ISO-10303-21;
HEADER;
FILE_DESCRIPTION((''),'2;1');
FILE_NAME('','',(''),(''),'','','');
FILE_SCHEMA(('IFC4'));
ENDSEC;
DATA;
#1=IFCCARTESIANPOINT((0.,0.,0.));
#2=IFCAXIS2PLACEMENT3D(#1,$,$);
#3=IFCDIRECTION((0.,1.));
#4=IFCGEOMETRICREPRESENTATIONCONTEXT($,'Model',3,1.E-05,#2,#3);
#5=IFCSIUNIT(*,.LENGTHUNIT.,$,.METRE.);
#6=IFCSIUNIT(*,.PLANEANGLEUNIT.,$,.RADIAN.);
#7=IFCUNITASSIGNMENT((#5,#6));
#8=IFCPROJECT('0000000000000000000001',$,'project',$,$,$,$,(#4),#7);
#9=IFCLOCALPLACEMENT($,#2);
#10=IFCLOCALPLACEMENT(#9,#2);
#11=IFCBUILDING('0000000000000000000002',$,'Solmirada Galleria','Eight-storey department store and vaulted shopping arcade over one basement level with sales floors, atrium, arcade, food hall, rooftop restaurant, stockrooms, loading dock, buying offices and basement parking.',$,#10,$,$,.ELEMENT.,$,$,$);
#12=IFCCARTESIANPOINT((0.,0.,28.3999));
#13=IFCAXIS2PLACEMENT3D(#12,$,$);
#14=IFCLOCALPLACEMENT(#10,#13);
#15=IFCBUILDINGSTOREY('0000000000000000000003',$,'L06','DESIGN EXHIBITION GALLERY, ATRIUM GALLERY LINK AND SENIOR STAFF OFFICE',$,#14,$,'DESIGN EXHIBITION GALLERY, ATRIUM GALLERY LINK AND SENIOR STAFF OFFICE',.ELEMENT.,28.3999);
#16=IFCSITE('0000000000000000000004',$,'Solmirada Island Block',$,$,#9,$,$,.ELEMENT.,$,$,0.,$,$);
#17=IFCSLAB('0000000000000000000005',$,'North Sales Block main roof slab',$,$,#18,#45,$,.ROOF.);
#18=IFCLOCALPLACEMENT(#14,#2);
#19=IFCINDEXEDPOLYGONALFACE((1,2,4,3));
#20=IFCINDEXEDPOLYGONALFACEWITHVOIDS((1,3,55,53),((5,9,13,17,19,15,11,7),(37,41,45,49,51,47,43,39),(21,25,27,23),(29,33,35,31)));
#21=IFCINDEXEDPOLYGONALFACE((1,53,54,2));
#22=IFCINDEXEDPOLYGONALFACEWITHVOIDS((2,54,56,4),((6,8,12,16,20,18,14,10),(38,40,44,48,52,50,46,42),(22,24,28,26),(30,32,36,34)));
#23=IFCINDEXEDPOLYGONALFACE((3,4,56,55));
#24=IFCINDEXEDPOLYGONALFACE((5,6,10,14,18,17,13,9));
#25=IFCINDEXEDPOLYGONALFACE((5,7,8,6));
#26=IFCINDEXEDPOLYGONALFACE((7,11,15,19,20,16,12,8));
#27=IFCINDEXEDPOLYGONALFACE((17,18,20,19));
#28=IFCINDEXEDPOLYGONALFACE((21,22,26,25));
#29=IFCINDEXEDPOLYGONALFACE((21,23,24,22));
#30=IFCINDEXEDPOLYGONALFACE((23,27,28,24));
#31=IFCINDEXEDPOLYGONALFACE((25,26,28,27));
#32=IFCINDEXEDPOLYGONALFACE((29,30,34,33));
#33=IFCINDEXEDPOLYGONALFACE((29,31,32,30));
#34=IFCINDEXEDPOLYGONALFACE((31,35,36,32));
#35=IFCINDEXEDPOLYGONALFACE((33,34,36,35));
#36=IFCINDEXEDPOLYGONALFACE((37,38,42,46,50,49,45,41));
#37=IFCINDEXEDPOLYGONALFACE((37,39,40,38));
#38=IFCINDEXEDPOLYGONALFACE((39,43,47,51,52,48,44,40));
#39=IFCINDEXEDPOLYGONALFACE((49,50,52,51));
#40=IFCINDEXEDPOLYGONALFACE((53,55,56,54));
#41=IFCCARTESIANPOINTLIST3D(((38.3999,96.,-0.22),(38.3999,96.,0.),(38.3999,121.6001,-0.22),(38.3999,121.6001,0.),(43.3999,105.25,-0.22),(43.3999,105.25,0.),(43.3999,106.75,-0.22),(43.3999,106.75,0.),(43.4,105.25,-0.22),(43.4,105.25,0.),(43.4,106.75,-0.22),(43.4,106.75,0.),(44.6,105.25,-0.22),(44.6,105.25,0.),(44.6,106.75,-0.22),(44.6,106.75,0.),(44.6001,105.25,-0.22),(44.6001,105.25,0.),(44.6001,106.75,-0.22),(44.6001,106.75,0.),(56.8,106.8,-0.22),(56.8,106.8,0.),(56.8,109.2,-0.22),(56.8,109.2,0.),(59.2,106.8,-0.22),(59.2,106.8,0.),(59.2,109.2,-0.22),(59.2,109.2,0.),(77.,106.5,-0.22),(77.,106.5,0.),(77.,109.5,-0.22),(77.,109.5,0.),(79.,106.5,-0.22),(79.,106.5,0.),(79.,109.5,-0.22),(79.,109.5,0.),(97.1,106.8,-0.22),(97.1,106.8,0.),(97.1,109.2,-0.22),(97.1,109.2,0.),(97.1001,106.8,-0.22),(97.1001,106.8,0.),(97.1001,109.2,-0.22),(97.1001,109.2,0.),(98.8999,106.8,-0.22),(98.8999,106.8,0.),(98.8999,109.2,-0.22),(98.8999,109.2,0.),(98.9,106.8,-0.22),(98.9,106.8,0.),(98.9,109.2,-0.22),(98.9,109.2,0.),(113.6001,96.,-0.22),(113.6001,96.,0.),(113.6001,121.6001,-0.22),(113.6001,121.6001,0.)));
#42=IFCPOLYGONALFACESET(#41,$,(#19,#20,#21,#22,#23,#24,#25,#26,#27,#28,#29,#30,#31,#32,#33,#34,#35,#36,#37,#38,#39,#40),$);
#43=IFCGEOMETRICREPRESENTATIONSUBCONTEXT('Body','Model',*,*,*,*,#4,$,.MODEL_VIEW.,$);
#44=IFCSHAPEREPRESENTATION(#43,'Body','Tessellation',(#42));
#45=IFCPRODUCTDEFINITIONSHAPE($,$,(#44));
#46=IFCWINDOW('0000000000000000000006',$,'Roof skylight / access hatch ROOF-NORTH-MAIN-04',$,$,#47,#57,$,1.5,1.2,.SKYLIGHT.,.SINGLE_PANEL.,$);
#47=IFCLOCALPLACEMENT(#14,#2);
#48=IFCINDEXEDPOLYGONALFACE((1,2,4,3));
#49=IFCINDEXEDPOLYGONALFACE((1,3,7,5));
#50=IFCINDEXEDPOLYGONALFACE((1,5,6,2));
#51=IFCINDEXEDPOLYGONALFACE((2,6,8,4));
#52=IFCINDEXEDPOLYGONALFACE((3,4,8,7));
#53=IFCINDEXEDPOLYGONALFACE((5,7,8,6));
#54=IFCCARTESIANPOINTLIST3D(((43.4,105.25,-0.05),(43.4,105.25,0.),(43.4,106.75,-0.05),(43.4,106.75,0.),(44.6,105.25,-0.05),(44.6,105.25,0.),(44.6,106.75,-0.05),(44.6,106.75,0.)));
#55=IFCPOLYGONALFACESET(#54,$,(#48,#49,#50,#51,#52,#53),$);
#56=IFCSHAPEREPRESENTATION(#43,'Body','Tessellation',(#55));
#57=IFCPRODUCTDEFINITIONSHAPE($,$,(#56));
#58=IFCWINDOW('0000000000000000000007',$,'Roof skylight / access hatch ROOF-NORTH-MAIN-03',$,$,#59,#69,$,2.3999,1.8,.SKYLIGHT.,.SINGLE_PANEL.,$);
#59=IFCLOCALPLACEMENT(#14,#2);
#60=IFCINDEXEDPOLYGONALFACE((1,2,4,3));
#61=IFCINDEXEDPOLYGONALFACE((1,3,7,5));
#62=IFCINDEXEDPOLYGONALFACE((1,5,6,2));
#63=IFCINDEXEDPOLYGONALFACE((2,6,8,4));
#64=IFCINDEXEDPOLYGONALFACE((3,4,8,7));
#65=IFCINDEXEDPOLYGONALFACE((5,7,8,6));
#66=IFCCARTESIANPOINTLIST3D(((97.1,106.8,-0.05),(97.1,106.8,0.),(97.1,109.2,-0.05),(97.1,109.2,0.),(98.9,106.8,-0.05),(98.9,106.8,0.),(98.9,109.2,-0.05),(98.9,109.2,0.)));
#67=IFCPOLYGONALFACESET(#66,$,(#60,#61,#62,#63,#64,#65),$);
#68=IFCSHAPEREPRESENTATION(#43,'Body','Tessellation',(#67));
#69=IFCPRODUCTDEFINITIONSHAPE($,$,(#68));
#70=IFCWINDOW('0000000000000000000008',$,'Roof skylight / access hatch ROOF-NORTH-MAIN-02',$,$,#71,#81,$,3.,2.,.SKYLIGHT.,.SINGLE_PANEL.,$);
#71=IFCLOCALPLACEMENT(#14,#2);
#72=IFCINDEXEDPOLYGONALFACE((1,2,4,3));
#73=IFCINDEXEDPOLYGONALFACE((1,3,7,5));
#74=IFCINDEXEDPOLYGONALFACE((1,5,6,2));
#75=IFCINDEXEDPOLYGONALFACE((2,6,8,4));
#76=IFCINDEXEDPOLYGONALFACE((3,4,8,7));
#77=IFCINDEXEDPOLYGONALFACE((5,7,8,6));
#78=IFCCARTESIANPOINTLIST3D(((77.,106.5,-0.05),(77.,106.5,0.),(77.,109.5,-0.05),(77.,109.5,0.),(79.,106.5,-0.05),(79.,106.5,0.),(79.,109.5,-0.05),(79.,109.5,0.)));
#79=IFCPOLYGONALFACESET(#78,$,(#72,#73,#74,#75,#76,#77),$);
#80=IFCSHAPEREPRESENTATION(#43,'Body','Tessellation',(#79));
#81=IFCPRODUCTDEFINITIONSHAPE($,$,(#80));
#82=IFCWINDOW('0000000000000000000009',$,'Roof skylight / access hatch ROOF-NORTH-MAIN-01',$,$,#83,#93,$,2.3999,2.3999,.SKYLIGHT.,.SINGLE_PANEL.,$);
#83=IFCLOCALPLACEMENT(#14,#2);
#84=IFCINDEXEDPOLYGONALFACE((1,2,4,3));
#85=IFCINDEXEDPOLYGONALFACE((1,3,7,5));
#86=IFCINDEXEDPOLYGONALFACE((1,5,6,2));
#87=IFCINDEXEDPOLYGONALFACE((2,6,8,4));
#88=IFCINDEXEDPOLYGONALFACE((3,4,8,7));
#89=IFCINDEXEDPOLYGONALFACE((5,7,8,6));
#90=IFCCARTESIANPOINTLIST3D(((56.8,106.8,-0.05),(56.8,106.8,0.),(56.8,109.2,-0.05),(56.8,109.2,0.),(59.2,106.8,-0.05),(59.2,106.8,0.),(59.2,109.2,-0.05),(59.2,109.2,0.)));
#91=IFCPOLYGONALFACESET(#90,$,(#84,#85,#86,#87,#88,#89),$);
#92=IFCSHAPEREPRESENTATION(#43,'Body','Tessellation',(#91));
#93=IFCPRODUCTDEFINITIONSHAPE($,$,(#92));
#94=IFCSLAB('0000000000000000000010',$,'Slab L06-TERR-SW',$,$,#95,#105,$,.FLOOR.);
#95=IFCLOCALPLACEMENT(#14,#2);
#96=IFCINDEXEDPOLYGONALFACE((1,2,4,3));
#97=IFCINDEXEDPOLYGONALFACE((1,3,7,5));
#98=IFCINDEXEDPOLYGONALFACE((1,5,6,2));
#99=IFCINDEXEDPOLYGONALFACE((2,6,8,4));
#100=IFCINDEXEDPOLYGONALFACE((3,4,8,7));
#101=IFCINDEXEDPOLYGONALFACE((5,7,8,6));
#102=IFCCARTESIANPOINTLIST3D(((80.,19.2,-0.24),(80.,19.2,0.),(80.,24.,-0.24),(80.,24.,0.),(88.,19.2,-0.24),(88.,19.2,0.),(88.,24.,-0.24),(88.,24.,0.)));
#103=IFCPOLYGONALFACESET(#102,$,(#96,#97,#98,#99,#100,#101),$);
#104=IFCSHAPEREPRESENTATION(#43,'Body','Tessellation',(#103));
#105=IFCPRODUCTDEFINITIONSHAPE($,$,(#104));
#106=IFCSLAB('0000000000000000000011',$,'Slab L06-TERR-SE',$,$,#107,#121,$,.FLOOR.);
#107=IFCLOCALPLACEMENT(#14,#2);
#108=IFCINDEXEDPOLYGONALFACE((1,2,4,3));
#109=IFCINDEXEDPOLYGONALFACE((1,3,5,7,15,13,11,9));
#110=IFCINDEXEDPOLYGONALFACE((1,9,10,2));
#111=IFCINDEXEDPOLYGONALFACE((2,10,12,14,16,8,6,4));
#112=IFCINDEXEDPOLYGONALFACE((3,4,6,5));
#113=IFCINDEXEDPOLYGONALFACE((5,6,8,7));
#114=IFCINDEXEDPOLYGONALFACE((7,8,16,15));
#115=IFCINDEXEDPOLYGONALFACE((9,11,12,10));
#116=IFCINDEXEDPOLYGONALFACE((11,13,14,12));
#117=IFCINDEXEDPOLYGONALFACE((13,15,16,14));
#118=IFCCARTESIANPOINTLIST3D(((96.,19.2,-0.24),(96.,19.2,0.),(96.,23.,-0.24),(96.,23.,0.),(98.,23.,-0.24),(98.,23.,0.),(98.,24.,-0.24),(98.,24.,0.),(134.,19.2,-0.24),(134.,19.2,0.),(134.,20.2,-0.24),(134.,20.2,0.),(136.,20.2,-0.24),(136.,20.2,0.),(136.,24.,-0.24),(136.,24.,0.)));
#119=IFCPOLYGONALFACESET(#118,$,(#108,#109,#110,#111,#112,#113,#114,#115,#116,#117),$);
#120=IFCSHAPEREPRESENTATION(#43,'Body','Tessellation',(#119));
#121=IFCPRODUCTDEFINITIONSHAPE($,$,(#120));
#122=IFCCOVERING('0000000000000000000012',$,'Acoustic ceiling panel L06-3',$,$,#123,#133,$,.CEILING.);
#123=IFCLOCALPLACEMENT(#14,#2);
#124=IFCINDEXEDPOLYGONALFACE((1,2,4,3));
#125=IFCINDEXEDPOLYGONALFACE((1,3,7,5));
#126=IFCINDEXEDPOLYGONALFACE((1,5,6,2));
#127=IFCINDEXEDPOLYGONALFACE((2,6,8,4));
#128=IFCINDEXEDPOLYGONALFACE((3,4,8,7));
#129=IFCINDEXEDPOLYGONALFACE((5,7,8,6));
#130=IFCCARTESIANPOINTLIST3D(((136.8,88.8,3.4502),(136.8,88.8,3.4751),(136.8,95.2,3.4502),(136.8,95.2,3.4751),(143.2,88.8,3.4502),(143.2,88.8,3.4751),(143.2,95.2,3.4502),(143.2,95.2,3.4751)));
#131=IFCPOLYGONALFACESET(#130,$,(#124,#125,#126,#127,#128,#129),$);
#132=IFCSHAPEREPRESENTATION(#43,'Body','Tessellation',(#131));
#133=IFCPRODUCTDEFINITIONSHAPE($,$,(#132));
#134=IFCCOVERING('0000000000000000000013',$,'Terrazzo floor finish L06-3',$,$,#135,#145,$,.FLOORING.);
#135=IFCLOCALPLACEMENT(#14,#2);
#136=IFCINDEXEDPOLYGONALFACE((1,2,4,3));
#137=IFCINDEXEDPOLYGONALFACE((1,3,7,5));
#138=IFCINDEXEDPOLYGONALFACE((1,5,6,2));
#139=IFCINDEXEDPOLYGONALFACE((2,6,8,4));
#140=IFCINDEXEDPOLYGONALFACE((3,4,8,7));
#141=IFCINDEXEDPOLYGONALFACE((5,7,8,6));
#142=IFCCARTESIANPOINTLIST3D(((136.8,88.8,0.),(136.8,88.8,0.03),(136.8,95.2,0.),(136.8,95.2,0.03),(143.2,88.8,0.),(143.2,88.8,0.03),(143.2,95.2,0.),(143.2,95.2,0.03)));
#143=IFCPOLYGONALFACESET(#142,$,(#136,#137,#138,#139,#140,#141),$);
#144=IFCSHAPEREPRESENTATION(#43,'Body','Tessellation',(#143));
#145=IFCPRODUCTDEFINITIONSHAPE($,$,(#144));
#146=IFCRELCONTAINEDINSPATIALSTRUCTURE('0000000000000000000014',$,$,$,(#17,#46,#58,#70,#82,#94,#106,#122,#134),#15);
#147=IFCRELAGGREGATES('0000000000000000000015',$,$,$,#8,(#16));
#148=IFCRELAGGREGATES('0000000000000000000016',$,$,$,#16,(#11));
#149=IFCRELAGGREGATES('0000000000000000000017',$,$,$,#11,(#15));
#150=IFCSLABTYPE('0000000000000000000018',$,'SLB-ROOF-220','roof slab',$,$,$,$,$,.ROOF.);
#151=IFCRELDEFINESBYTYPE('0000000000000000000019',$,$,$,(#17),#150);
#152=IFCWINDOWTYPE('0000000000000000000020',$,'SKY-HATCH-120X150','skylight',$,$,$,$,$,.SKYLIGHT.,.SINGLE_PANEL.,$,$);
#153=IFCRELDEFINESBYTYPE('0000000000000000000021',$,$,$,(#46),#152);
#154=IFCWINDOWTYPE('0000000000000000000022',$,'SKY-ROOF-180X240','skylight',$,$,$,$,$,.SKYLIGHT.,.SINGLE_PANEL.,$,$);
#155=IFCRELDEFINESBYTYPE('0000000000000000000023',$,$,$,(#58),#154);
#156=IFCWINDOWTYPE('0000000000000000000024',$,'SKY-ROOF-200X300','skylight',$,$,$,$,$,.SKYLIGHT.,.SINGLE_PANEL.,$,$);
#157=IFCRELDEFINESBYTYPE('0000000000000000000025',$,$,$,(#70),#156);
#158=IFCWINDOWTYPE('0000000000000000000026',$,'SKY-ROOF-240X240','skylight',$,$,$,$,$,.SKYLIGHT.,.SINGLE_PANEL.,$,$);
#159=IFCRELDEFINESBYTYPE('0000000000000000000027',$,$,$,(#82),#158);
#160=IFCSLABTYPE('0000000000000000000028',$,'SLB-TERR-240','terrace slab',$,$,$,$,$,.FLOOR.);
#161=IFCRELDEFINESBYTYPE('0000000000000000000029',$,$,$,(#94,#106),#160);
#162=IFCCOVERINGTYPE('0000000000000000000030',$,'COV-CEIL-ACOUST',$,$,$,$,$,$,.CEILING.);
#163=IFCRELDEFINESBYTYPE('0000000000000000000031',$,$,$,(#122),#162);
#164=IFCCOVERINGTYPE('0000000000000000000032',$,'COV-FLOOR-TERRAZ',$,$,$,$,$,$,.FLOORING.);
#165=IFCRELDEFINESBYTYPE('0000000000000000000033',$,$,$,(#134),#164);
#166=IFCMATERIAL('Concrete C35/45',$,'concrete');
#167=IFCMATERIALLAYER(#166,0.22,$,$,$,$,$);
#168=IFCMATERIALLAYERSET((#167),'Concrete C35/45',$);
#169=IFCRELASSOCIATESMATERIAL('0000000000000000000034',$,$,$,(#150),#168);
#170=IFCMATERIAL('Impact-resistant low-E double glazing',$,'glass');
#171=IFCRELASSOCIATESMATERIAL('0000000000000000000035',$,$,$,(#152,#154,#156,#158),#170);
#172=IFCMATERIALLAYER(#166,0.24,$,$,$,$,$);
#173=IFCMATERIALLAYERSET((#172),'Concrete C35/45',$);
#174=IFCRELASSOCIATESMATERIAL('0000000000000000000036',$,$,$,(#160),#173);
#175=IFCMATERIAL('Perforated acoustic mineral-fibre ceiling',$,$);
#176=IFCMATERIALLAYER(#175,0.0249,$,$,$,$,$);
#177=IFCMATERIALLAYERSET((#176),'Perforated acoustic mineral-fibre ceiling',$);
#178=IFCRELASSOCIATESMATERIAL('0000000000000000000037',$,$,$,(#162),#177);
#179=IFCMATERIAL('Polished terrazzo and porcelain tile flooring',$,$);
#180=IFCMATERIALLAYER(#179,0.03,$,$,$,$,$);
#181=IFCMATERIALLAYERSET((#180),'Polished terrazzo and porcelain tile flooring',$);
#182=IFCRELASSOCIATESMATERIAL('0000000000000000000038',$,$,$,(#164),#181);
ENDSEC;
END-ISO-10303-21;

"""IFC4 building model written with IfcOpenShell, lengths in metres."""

from ifc_helpers import new_model, si_unit, direction, frame, origin, origin_2d, place, context, subcontext, project, spatial, polyline, rectangle, outline, extrude, material, layer, layer_set, type_object, element, fill, save


model = new_model("IFC4")

# Units and contexts
model_context = context("Model", 3, precision=1e-05, world=origin(), true_north=direction((0.0, 1.0)))
body_context = subcontext(model_context, "Body", "Model", "MODEL_VIEW")
ifc_project = project(units=[si_unit("LENGTHUNIT", "METRE"), si_unit("PLANEANGLEUNIT", "RADIAN")], contexts=[model_context])

# Site, building, storey
site_placement = place(None, origin())
site = spatial("IfcSite", under=ifc_project, at=site_placement, Name="Solmirada Island Block", CompositionType="ELEMENT", RefElevation=0.0)
building_placement = place(site_placement, origin())
building = spatial("IfcBuilding", under=site, at=building_placement, Name="Solmirada Galleria", Description="Eight-storey department store and vaulted shopping arcade over one basement level with sales floors, atrium, arcade, food hall, rooftop restaurant, stockrooms, loading dock, buying offices and basement parking.", CompositionType="ELEMENT")
storey_placement = place(building_placement, frame((0.0, 0.0, 28.3999)))
storey = spatial("IfcBuildingStorey", under=building, at=storey_placement, Name="L06", Description="DESIGN EXHIBITION GALLERY, ATRIUM GALLERY LINK AND SENIOR STAFF OFFICE", LongName="DESIGN EXHIBITION GALLERY, ATRIUM GALLERY LINK AND SENIOR STAFF OFFICE", CompositionType="ELEMENT", Elevation=28.3999)

# Shared definitions
ifc_material_1 = material(Name="Concrete C35/45", Category="concrete")

# Slab, openings, windows
ifc_layer_1 = layer(ifc_material_1, 0.22)
ifc_layer_set_1 = layer_set([ifc_layer_1], Name="Concrete C35/45")
slab_type_1 = type_object("IfcSlabType", Name="SLB-ROOF-220", Description="roof slab", PredefinedType="ROOF", material=ifc_layer_set_1)
slab_1_placement = place(storey_placement, frame((0.0, 0.0, -0.22)))
slab_1 = element("IfcSlab", 1, at=slab_1_placement, inside=storey, type_object=slab_type_1, Name="North Sales Block main roof slab", PredefinedType="ROOF", context=body_context, shape_type="SweptSolid", body=[
    extrude(outline(polyline([(38.3999, 96.0), (113.6001, 96.0), (113.6001, 121.6001), (38.3999, 121.6001), (38.3999, 96.0)]), holes=[polyline([(56.8, 106.8), (59.2, 106.8), (59.2, 109.2), (56.8, 109.2), (56.8, 106.8)]), polyline([(77.0, 106.5), (79.0, 106.5), (79.0, 109.5), (77.0, 109.5), (77.0, 106.5)]), polyline([(97.1001, 106.8), (98.8999, 106.8), (98.8999, 109.2), (97.1001, 109.2), (97.1001, 106.8)]), polyline([(43.3999, 105.25), (44.6001, 105.25), (44.6001, 106.75), (43.3999, 106.75), (43.3999, 105.25)])]), origin(), (0.0, 0.0, 1.0), 0.22),
])
opening_1_placement = place(slab_1_placement, frame((58.0, 108.0, -0.01)))
opening_1 = element("IfcOpeningElement", 2, at=opening_1_placement, cuts=slab_1, PredefinedType="OPENING", context=body_context, shape_type="SweptSolid", body=[
    extrude(rectangle(XDim=2.3999, YDim=2.3999, at=origin_2d()), origin(), (0.0, 0.0, 1.0), 0.24),
])
opening_2_placement = place(slab_1_placement, frame((78.0, 108.0, -0.01)))
opening_2 = element("IfcOpeningElement", 3, at=opening_2_placement, cuts=slab_1, PredefinedType="OPENING", context=body_context, shape_type="SweptSolid", body=[
    extrude(rectangle(XDim=2.0, YDim=3.0, at=origin_2d()), origin(), (0.0, 0.0, 1.0), 0.24),
])
opening_3_placement = place(slab_1_placement, frame((98.0, 108.0, -0.01)))
opening_3 = element("IfcOpeningElement", 4, at=opening_3_placement, cuts=slab_1, PredefinedType="OPENING", context=body_context, shape_type="SweptSolid", body=[
    extrude(rectangle(XDim=1.8, YDim=2.3999, at=origin_2d()), origin(), (0.0, 0.0, 1.0), 0.24),
])
opening_4_placement = place(slab_1_placement, frame((44.0, 106.0, -0.01)))
opening_4 = element("IfcOpeningElement", 5, at=opening_4_placement, cuts=slab_1, PredefinedType="OPENING", context=body_context, shape_type="SweptSolid", body=[
    extrude(rectangle(XDim=1.2, YDim=1.5, at=origin_2d()), origin(), (0.0, 0.0, 1.0), 0.24),
])
ifc_material_2 = material(Name="Impact-resistant low-E double glazing", Category="glass")
window_type_1 = type_object("IfcWindowType", Name="SKY-HATCH-120X150", Description="skylight", PartitioningType="SINGLE_PANEL", PredefinedType="SKYLIGHT", material=ifc_material_2)
window_1_placement = place(slab_1_placement, frame((44.0, 106.0, 0.1699)))
window_1 = element("IfcWindow", 6, at=window_1_placement, inside=storey, type_object=window_type_1, Name="Roof skylight / access hatch ROOF-NORTH-MAIN-04", OverallHeight=1.5, OverallWidth=1.2, PartitioningType="SINGLE_PANEL", PredefinedType="SKYLIGHT", context=body_context, shape_type="SweptSolid", body=[
    extrude(rectangle(XDim=1.2, YDim=1.5, at=origin_2d()), origin(), (0.0, 0.0, 1.0), 0.05),
])
fill(opening_4, window_1)
window_type_2 = type_object("IfcWindowType", Name="SKY-ROOF-180X240", Description="skylight", PartitioningType="SINGLE_PANEL", PredefinedType="SKYLIGHT", material=ifc_material_2)
window_2_placement = place(slab_1_placement, frame((98.0, 108.0, 0.1699)))
window_2 = element("IfcWindow", 7, at=window_2_placement, inside=storey, type_object=window_type_2, Name="Roof skylight / access hatch ROOF-NORTH-MAIN-03", OverallHeight=2.3999, OverallWidth=1.8, PartitioningType="SINGLE_PANEL", PredefinedType="SKYLIGHT", context=body_context, shape_type="SweptSolid", body=[
    extrude(rectangle(XDim=1.8, YDim=2.3999, at=origin_2d()), origin(), (0.0, 0.0, 1.0), 0.05),
])
fill(opening_3, window_2)
window_type_3 = type_object("IfcWindowType", Name="SKY-ROOF-200X300", Description="skylight", PartitioningType="SINGLE_PANEL", PredefinedType="SKYLIGHT", material=ifc_material_2)
window_3_placement = place(slab_1_placement, frame((78.0, 108.0, 0.1699)))
window_3 = element("IfcWindow", 8, at=window_3_placement, inside=storey, type_object=window_type_3, Name="Roof skylight / access hatch ROOF-NORTH-MAIN-02", OverallHeight=3.0, OverallWidth=2.0, PartitioningType="SINGLE_PANEL", PredefinedType="SKYLIGHT", context=body_context, shape_type="SweptSolid", body=[
    extrude(rectangle(XDim=2.0, YDim=3.0, at=origin_2d()), origin(), (0.0, 0.0, 1.0), 0.05),
])
fill(opening_2, window_3)
window_type_4 = type_object("IfcWindowType", Name="SKY-ROOF-240X240", Description="skylight", PartitioningType="SINGLE_PANEL", PredefinedType="SKYLIGHT", material=ifc_material_2)
window_4_placement = place(slab_1_placement, frame((58.0, 108.0, 0.1699)))
window_4 = element("IfcWindow", 9, at=window_4_placement, inside=storey, type_object=window_type_4, Name="Roof skylight / access hatch ROOF-NORTH-MAIN-01", OverallHeight=2.3999, OverallWidth=2.3999, PartitioningType="SINGLE_PANEL", PredefinedType="SKYLIGHT", context=body_context, shape_type="SweptSolid", body=[
    extrude(rectangle(XDim=2.3999, YDim=2.3999, at=origin_2d()), origin(), (0.0, 0.0, 1.0), 0.05),
])
fill(opening_1, window_4)

# Slabs
ifc_layer_2 = layer(ifc_material_1, 0.24)
ifc_layer_set_2 = layer_set([ifc_layer_2], Name="Concrete C35/45")
slab_type_2 = type_object("IfcSlabType", Name="SLB-TERR-240", Description="terrace slab", PredefinedType="FLOOR", material=ifc_layer_set_2)
slab_2_placement = place(storey_placement, frame((0.0, 0.0, -0.24)))
element("IfcSlab", 10, at=slab_2_placement, inside=storey, type_object=slab_type_2, Name="Slab L06-TERR-SW", PredefinedType="FLOOR", context=body_context, shape_type="SweptSolid", body=[
    extrude(outline(polyline([(80.0, 19.2), (88.0, 19.2), (88.0, 24.0), (80.0, 24.0), (80.0, 19.2)])), origin(), (0.0, 0.0, 1.0), 0.24),
])
slab_3_placement = place(storey_placement, frame((0.0, 0.0, -0.24)))
element("IfcSlab", 11, at=slab_3_placement, inside=storey, type_object=slab_type_2, Name="Slab L06-TERR-SE", PredefinedType="FLOOR", context=body_context, shape_type="SweptSolid", body=[
    extrude(outline(polyline([(96.0, 19.2), (134.0, 19.2), (134.0, 20.2), (136.0, 20.2), (136.0, 24.0), (98.0, 24.0), (98.0, 23.0), (96.0, 23.0), (96.0, 19.2)])), origin(), (0.0, 0.0, 1.0), 0.24),
])

# Coverings
ifc_material_3 = material(Name="Perforated acoustic mineral-fibre ceiling")
ifc_layer_3 = layer(ifc_material_3, 0.0249)
ifc_layer_set_3 = layer_set([ifc_layer_3], Name="Perforated acoustic mineral-fibre ceiling")
covering_type_1 = type_object("IfcCoveringType", Name="COV-CEIL-ACOUST", PredefinedType="CEILING", material=ifc_layer_set_3)
covering_1_placement = place(storey_placement, frame((0.0, 0.0, 3.4502)))
element("IfcCovering", 12, at=covering_1_placement, inside=storey, type_object=covering_type_1, Name="Acoustic ceiling panel L06-3", PredefinedType="CEILING", context=body_context, shape_type="SweptSolid", body=[
    extrude(outline(polyline([(136.8, 88.8), (143.2, 88.8), (143.2, 95.2), (136.8, 95.2), (136.8, 88.8)])), origin(), (0.0, 0.0, 1.0), 0.0249),
])
ifc_material_4 = material(Name="Polished terrazzo and porcelain tile flooring")
ifc_layer_4 = layer(ifc_material_4, 0.03)
ifc_layer_set_4 = layer_set([ifc_layer_4], Name="Polished terrazzo and porcelain tile flooring")
covering_type_2 = type_object("IfcCoveringType", Name="COV-FLOOR-TERRAZ", PredefinedType="FLOORING", material=ifc_layer_set_4)
covering_2_placement = place(storey_placement, origin())
element("IfcCovering", 13, at=covering_2_placement, inside=storey, type_object=covering_type_2, Name="Terrazzo floor finish L06-3", PredefinedType="FLOORING", context=body_context, shape_type="SweptSolid", body=[
    extrude(outline(polyline([(136.8, 88.8), (143.2, 88.8), (143.2, 95.2), (136.8, 95.2), (136.8, 88.8)])), origin(), (0.0, 0.0, 1.0), 0.03),
])

save(model, "model.ifc")
